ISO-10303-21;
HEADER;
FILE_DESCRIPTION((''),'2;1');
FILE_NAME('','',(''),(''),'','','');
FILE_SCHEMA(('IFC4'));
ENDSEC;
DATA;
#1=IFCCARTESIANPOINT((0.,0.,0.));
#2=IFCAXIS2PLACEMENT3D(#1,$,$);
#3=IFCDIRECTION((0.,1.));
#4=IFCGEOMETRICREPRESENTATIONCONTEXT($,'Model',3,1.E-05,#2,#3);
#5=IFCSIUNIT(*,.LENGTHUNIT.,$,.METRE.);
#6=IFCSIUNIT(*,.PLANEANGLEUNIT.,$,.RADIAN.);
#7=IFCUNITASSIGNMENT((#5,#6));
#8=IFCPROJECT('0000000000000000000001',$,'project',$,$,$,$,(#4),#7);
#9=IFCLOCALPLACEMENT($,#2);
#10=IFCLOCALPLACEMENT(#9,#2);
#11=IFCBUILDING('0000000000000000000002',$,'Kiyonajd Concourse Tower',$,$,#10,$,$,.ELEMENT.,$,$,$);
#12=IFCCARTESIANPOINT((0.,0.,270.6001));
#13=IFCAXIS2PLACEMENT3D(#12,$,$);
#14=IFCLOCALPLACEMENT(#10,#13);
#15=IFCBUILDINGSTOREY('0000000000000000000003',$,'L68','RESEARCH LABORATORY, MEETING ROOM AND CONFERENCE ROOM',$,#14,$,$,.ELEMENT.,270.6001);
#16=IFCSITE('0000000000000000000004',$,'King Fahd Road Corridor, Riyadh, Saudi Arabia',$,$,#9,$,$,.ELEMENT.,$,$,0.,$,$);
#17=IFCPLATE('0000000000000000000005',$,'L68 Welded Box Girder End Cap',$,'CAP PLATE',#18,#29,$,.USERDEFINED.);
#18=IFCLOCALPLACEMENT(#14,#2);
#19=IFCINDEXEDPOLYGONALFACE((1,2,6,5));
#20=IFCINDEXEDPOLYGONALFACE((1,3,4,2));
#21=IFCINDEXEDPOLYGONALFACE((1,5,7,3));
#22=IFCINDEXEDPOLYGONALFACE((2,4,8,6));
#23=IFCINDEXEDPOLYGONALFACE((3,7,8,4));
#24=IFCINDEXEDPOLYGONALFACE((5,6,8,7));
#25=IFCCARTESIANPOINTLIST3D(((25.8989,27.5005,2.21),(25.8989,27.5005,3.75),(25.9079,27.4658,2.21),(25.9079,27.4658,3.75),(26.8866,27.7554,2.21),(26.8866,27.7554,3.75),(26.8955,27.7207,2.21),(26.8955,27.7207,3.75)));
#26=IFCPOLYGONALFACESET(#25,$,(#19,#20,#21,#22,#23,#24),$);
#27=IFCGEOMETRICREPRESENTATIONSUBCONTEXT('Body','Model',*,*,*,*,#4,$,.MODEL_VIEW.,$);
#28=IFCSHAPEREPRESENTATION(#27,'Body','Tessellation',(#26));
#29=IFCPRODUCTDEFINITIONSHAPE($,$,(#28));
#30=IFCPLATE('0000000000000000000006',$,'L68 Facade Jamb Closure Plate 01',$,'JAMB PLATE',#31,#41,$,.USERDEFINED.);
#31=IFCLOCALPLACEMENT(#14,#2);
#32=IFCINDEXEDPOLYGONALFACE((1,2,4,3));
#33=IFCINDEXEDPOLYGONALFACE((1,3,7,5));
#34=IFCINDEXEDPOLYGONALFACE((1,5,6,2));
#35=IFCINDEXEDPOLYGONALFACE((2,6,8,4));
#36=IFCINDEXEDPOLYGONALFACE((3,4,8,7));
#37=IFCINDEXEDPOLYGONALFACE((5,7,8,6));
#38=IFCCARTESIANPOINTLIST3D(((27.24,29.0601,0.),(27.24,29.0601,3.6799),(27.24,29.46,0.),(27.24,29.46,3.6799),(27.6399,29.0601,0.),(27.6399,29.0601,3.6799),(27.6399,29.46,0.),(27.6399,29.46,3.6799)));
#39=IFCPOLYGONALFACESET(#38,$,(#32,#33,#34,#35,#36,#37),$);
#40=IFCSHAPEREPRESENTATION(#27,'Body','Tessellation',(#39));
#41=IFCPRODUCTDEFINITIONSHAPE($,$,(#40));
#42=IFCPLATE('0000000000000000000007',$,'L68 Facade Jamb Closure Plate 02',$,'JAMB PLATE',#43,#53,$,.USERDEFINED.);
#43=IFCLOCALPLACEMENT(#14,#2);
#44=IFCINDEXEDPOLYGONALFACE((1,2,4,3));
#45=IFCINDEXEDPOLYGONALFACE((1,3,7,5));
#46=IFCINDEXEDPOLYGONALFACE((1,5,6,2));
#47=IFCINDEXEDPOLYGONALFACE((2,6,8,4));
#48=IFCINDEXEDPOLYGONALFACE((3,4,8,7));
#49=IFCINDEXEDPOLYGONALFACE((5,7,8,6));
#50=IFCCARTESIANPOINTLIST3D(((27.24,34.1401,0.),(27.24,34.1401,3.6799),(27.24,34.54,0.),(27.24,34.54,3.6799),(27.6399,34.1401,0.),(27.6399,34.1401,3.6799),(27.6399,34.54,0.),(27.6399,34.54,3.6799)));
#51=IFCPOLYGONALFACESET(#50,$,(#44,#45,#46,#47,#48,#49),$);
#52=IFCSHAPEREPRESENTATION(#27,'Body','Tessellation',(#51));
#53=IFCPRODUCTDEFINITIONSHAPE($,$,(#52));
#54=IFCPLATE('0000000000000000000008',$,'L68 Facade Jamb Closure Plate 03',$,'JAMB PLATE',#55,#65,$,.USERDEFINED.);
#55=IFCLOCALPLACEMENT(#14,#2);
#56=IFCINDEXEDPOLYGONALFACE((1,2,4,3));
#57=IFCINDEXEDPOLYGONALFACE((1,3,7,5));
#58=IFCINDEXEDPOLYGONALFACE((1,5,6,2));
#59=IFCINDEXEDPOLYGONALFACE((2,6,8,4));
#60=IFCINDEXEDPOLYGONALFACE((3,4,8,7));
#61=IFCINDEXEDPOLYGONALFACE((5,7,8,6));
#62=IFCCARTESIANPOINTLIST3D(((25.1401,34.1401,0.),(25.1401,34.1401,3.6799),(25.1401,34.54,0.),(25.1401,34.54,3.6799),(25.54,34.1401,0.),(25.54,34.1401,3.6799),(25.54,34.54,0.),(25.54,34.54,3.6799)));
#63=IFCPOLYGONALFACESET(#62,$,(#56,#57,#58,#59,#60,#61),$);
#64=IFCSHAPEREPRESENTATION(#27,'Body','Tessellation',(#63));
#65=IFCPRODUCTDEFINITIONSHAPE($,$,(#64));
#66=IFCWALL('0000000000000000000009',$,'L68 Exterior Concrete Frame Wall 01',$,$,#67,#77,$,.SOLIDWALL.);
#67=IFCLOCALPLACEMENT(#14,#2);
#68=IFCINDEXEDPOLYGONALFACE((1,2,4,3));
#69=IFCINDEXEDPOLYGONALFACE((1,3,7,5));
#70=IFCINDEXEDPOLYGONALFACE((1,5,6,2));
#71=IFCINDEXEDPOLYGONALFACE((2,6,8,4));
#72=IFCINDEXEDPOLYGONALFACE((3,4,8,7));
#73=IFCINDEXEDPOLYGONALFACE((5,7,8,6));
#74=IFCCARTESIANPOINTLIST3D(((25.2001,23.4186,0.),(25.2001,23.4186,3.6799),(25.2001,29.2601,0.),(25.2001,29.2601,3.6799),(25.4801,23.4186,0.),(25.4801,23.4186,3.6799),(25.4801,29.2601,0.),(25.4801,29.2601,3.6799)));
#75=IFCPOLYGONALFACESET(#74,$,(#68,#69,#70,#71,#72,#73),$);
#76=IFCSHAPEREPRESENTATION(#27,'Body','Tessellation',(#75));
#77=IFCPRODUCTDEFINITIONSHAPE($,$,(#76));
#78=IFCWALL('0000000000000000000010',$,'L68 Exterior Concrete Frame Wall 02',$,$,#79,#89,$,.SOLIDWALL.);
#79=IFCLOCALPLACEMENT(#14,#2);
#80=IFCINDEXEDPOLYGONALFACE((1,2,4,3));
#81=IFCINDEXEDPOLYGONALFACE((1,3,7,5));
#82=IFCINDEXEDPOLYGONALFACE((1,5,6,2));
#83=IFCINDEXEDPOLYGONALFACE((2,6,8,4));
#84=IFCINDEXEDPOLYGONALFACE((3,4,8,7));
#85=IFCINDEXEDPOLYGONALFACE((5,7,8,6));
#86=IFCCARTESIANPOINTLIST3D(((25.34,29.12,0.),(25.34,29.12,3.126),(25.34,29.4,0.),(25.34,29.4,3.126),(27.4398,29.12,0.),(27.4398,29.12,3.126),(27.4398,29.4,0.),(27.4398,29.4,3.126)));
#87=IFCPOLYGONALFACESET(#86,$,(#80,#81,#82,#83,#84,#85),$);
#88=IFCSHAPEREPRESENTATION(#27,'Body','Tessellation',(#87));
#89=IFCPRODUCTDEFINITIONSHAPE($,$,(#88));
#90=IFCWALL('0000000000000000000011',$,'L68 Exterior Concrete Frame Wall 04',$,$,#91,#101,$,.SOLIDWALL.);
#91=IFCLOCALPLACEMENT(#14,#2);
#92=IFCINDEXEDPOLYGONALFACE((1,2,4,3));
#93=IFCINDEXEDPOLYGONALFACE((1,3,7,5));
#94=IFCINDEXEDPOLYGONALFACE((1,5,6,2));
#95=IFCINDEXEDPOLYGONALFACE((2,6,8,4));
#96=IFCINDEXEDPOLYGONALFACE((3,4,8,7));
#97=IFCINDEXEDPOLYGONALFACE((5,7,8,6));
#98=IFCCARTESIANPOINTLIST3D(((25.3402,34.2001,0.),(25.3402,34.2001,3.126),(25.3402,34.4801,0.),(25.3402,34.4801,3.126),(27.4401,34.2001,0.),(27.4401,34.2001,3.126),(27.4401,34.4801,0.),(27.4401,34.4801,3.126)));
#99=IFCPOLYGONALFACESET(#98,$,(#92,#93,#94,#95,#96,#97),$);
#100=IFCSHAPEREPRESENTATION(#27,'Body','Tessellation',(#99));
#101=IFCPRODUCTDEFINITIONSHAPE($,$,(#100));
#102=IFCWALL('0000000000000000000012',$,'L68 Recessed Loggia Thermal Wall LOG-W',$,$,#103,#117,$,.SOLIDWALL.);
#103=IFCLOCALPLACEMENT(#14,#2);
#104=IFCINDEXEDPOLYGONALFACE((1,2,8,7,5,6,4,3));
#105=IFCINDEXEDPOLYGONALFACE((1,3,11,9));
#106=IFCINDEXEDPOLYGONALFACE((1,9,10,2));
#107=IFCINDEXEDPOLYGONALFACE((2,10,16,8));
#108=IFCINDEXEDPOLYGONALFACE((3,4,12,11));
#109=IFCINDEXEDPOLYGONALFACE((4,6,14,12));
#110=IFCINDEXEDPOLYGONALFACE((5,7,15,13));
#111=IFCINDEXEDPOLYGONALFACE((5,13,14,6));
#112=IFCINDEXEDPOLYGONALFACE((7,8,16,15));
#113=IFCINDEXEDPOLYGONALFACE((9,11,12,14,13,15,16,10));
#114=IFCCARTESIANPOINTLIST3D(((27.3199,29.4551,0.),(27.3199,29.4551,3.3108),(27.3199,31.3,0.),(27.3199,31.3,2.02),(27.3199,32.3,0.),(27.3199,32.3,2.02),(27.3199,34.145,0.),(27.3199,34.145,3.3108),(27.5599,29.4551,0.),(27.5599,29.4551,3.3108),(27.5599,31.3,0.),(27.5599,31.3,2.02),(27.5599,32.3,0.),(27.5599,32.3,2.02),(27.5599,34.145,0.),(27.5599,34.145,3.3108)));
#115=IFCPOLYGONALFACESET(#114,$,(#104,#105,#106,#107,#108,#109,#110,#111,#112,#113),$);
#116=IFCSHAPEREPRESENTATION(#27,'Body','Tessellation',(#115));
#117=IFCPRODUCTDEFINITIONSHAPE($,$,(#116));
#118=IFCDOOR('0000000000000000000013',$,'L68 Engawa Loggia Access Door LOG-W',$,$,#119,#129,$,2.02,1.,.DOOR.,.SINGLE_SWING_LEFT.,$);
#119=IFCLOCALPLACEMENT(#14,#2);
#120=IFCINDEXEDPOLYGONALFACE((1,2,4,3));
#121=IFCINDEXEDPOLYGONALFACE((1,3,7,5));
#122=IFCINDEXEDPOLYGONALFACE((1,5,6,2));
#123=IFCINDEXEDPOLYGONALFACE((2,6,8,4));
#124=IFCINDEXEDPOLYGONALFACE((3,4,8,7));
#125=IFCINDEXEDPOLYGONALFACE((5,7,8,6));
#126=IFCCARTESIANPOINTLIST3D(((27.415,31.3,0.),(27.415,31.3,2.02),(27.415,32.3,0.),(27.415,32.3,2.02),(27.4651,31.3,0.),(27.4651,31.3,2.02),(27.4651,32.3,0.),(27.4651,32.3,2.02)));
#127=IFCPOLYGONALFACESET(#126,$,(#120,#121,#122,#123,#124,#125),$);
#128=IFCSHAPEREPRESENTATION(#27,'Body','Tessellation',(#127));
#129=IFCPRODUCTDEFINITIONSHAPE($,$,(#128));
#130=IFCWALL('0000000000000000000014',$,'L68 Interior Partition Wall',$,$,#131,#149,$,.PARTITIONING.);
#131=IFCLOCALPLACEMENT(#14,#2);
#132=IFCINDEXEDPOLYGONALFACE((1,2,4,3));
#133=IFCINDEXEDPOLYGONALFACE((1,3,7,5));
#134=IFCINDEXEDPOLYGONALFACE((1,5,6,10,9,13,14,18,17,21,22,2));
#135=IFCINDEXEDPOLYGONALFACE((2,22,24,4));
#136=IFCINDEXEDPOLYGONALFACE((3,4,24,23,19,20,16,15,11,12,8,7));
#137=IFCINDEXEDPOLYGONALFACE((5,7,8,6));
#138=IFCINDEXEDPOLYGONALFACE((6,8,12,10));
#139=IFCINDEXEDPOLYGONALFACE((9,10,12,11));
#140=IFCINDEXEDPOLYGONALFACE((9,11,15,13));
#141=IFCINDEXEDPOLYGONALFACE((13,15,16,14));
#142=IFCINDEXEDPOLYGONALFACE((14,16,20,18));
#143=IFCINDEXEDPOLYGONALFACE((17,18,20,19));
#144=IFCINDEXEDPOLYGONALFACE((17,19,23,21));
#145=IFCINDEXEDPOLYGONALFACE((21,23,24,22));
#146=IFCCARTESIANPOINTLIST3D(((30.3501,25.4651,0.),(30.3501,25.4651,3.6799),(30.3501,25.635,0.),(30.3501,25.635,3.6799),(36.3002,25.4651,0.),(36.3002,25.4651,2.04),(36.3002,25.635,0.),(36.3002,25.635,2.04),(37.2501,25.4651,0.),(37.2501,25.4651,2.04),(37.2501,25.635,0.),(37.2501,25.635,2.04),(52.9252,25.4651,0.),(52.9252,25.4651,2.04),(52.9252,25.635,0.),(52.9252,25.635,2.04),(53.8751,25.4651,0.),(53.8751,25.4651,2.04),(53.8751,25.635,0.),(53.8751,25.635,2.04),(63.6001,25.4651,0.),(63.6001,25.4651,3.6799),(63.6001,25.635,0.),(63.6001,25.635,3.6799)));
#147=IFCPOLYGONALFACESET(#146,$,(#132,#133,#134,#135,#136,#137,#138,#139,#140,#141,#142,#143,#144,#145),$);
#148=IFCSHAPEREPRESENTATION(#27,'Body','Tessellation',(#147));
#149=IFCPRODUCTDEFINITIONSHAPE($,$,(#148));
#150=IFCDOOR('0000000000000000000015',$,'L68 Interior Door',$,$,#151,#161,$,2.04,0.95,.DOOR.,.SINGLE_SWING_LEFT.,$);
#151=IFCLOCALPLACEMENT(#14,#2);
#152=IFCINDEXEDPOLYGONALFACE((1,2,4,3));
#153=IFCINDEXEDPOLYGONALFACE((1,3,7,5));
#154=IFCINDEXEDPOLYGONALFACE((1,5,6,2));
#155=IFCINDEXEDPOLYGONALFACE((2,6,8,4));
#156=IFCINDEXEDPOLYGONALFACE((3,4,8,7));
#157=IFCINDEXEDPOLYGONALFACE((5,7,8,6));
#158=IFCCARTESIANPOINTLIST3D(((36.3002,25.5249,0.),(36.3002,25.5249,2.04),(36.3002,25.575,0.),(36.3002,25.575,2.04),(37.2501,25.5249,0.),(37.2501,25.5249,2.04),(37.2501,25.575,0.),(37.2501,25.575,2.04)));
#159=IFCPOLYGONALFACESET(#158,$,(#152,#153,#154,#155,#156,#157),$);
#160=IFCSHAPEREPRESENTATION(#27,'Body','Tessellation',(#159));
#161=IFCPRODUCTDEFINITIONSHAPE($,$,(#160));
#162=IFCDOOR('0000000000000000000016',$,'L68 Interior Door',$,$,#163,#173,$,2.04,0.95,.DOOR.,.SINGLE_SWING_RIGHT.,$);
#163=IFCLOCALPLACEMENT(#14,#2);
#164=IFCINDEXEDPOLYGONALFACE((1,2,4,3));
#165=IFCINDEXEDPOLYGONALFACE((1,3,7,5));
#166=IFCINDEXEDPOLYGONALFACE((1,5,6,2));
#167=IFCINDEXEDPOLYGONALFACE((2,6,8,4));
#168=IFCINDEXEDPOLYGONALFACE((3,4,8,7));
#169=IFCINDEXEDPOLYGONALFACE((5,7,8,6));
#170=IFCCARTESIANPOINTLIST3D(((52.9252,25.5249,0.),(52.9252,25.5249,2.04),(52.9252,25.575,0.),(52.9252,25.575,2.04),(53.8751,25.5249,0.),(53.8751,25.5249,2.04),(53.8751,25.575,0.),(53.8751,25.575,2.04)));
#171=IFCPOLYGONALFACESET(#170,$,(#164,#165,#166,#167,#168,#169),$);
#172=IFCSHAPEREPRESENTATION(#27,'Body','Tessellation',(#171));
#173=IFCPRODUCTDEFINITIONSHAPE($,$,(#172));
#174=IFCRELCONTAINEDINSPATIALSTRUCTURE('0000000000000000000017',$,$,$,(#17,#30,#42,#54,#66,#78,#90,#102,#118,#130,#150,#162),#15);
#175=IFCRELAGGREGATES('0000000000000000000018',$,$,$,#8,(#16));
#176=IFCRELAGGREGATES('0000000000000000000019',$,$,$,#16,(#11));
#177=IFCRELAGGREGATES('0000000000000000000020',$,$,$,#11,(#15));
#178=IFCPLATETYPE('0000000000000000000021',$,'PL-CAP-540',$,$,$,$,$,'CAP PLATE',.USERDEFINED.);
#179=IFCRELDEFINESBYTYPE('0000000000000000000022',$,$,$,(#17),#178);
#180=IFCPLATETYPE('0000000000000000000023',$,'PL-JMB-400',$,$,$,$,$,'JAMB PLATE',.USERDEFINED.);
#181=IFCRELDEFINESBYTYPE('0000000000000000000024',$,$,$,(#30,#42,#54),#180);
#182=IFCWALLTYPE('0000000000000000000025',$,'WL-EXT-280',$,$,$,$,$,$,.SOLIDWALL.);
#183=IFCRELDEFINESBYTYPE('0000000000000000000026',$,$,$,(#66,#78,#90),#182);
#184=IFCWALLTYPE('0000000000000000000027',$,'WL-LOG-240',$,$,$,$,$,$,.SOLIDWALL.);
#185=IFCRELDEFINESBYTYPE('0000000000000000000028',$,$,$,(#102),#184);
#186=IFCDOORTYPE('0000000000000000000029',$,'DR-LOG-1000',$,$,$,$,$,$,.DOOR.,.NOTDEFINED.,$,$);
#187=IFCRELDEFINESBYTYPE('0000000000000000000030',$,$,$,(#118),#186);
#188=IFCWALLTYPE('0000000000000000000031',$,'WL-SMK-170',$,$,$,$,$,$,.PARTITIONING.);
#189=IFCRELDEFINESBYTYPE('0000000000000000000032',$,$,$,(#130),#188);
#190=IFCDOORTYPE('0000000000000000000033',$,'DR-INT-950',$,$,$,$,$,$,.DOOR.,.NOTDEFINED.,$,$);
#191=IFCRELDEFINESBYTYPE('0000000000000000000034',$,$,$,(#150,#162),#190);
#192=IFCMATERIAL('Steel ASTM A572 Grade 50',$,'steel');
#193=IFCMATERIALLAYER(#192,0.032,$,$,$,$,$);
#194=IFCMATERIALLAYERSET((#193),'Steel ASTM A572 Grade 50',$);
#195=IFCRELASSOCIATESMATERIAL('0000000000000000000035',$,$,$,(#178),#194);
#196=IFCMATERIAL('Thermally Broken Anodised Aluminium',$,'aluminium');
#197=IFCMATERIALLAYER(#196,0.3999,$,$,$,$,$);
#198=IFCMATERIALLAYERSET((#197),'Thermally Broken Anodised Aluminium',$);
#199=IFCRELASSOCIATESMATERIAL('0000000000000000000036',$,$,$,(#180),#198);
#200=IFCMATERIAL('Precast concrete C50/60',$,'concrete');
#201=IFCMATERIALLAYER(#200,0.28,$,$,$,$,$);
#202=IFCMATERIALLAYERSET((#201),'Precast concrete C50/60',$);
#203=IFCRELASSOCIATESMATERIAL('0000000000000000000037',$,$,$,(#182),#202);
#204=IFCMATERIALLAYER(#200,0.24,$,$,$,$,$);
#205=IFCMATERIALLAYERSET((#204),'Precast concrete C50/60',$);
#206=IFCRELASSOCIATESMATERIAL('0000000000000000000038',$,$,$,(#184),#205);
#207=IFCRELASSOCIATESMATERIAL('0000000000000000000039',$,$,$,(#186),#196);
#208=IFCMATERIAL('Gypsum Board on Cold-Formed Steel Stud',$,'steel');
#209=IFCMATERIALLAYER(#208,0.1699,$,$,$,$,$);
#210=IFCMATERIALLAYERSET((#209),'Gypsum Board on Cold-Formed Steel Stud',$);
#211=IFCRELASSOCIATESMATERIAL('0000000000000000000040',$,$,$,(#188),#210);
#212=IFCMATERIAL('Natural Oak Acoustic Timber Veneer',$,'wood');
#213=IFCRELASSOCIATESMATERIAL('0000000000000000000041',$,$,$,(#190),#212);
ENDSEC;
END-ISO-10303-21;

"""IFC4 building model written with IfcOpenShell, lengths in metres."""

from ifc_helpers import new_model, si_unit, direction, frame, frame_2d, origin, origin_2d, place, context, subcontext, project, spatial, rectangle, extrude, material, layer, layer_set, type_object, element, fill, save


model = new_model("IFC4")

# Units and contexts
model_context = context("Model", 3, precision=1e-05, world=origin(), true_north=direction((0.0, 1.0)))
body_context = subcontext(model_context, "Body", "Model", "MODEL_VIEW")
ifc_project = project(units=[si_unit("LENGTHUNIT", "METRE"), si_unit("PLANEANGLEUNIT", "RADIAN")], contexts=[model_context])

# Site, building, storey
site_placement = place(None, origin())
site = spatial("IfcSite", under=ifc_project, at=site_placement, Name="King Fahd Road Corridor, Riyadh, Saudi Arabia", CompositionType="ELEMENT", RefElevation=0.0)
building_placement = place(site_placement, origin())
building = spatial("IfcBuilding", under=site, at=building_placement, Name="Kiyonajd Concourse Tower", CompositionType="ELEMENT")
storey_placement = place(building_placement, frame((0.0, 0.0, 270.6001)))
storey = spatial("IfcBuildingStorey", under=building, at=storey_placement, Name="L68", Description="RESEARCH LABORATORY, MEETING ROOM AND CONFERENCE ROOM", CompositionType="ELEMENT", Elevation=270.6001)

# Shared definitions
ifc_material_1 = material(Name="Steel ASTM A572 Grade 50", Category="steel")

# Plates
ifc_layer_1 = layer(ifc_material_1, 0.032)
ifc_layer_set_1 = layer_set([ifc_layer_1], Name="Steel ASTM A572 Grade 50")
plate_type_1 = type_object("IfcPlateType", Name="PL-CAP-540", ElementType="CAP PLATE", PredefinedType="USERDEFINED", material=ifc_layer_set_1)
plate_placement = place(storey_placement, frame((26.3972, 27.6106, 2.21), z_axis=(0.0, 0.0, 1.0), x_axis=(-0.249873, 0.968279, 0.0)))
element("IfcPlate", 1, at=plate_placement, inside=storey, type_object=plate_type_1, Name="L68 Welded Box Girder End Cap", ObjectType="CAP PLATE", PredefinedType="USERDEFINED", context=body_context, shape_type="SweptSolid", body=[
    extrude(rectangle(XDim=0.0359, YDim=1.02, at=origin_2d()), origin(), (0.0, 0.0, 1.0), 1.54),
])
ifc_material_2 = material(Name="Thermally Broken Anodised Aluminium", Category="aluminium")
ifc_layer_2 = layer(ifc_material_2, 0.3999)
ifc_layer_set_2 = layer_set([ifc_layer_2], Name="Thermally Broken Anodised Aluminium")
plate_type_2 = type_object("IfcPlateType", Name="PL-JMB-400", ElementType="JAMB PLATE", PredefinedType="USERDEFINED", material=ifc_layer_set_2)
for number, where, z_axis, x_axis, name in (
    (2, (27.4399, 29.26, 0.0), (0.0, 0.0, 1.0), (1.0, 0.0, 0.0), "L68 Facade Jamb Closure Plate 01"),
    (3, (27.4399, 34.3401, 0.0), (0.0, 0.0, 1.0), (1.0, 0.0, 0.0), "L68 Facade Jamb Closure Plate 02"),
    (4, (25.3401, 34.3401, 0.0), (0.0, 0.0, 1.0), (1.0, 0.0, 0.0), "L68 Facade Jamb Closure Plate 03"),
):
    element("IfcPlate", number, at=place(storey_placement, frame(where, z_axis=z_axis, x_axis=x_axis)), inside=storey, type_object=plate_type_2, Name=name, ObjectType="JAMB PLATE", PredefinedType="USERDEFINED", context=body_context, shape_type="SweptSolid", body=[
        extrude(rectangle(XDim=0.3999, YDim=0.3999, at=origin_2d()), origin(), (0.0, 0.0, 1.0), 3.6799),
    ])

# Walls
ifc_material_3 = material(Name="Precast concrete C50/60", Category="concrete")
ifc_layer_3 = layer(ifc_material_3, 0.28)
ifc_layer_set_3 = layer_set([ifc_layer_3], Name="Precast concrete C50/60")
wall_type_1 = type_object("IfcWallType", Name="WL-EXT-280", PredefinedType="SOLIDWALL", material=ifc_layer_set_3)
wall_1_placement = place(storey_placement, frame((25.3401, 23.4185, 0.0), z_axis=(0.0, 0.0, 1.0), x_axis=(0.0, 1.0, 0.0)))
element("IfcWall", 5, at=wall_1_placement, inside=storey, type_object=wall_type_1, Name="L68 Exterior Concrete Frame Wall 01", PredefinedType="SOLIDWALL", context=body_context, shape_type="SweptSolid", body=[
    extrude(rectangle(XDim=5.8416, YDim=0.28, at=frame_2d((2.9209, 0.0))), origin(), (0.0, 0.0, 1.0), 3.6799),
])
for number, where, z_axis, x_axis, name in (
    (6, (25.3401, 29.26, 0.0), (0.0, 0.0, 1.0), (1.0, 0.0, 0.0), "L68 Exterior Concrete Frame Wall 02"),
    (7, (27.4399, 34.3401, 0.0), (0.0, 0.0, 1.0), (-1.0, 0.0, 0.0), "L68 Exterior Concrete Frame Wall 04"),
):
    element("IfcWall", number, at=place(storey_placement, frame(where, z_axis=z_axis, x_axis=x_axis)), inside=storey, type_object=wall_type_1, Name=name, PredefinedType="SOLIDWALL", context=body_context, shape_type="SweptSolid", body=[
        extrude(rectangle(XDim=2.0999, YDim=0.28, at=frame_2d((1.0498, 0.0))), origin(), (0.0, 0.0, 1.0), 3.126),
    ])

# Wall, opening, door
ifc_layer_4 = layer(ifc_material_3, 0.24)
ifc_layer_set_4 = layer_set([ifc_layer_4], Name="Precast concrete C50/60")
wall_type_2 = type_object("IfcWallType", Name="WL-LOG-240", PredefinedType="SOLIDWALL", material=ifc_layer_set_4)
wall_2_placement = place(storey_placement, frame((27.4399, 29.4551, 0.0), z_axis=(0.0, 0.0, 1.0), x_axis=(0.0, 1.0, 0.0)))
wall_2 = element("IfcWall", 8, at=wall_2_placement, inside=storey, type_object=wall_type_2, Name="L68 Recessed Loggia Thermal Wall LOG-W", PredefinedType="SOLIDWALL", context=body_context, shape_type="SweptSolid", body=[
    extrude(rectangle(XDim=4.6899, YDim=0.24, at=frame_2d((2.345, 0.0))), origin(), (0.0, 0.0, 1.0), 3.3108),
])
opening_1_placement = place(wall_2_placement, frame((1.845, 0.0, 0.0)))
opening_1 = element("IfcOpeningElement", 9, at=opening_1_placement, cuts=wall_2, PredefinedType="OPENING", context=body_context, shape_type="SweptSolid", body=[
    extrude(rectangle(XDim=1.0, YDim=2.02, at=frame_2d((0.5, 1.01))), frame((0.0, 0.1299, 0.0), z_axis=(0.0, -1.0, 0.0), x_axis=(1.0, 0.0, 0.0)), (0.0, 0.0, 1.0), 0.26),
])
door_type_1 = type_object("IfcDoorType", Name="DR-LOG-1000", OperationType="NOTDEFINED", PredefinedType="DOOR", material=ifc_material_2)
door_1_placement = place(opening_1_placement, origin())
door_1 = element("IfcDoor", 10, at=door_1_placement, inside=storey, type_object=door_type_1, Name="L68 Engawa Loggia Access Door LOG-W", OperationType="SINGLE_SWING_LEFT", OverallHeight=2.02, OverallWidth=1.0, PredefinedType="DOOR", context=body_context, shape_type="SweptSolid", body=[
    extrude(rectangle(XDim=1.0, YDim=2.02, at=frame_2d((0.5, 1.01))), frame((0.0, 0.0249, 0.0), z_axis=(0.0, -1.0, 0.0), x_axis=(1.0, 0.0, 0.0)), (0.0, 0.0, 1.0), 0.05),
])
fill(opening_1, door_1)

# Wall, openings, doors
ifc_material_4 = material(Name="Gypsum Board on Cold-Formed Steel Stud", Category="steel")
ifc_layer_5 = layer(ifc_material_4, 0.1699)
ifc_layer_set_5 = layer_set([ifc_layer_5], Name="Gypsum Board on Cold-Formed Steel Stud")
wall_type_3 = type_object("IfcWallType", Name="WL-SMK-170", PredefinedType="PARTITIONING", material=ifc_layer_set_5)
wall_3_placement = place(storey_placement, frame((30.3501, 25.55, 0.0), z_axis=(0.0, 0.0, 1.0), x_axis=(1.0, 0.0, 0.0)))
wall_3 = element("IfcWall", 11, at=wall_3_placement, inside=storey, type_object=wall_type_3, Name="L68 Interior Partition Wall", PredefinedType="PARTITIONING", context=body_context, shape_type="SweptSolid", body=[
    extrude(rectangle(XDim=33.25, YDim=0.1699, at=frame_2d((16.625, 0.0))), origin(), (0.0, 0.0, 1.0), 3.6799),
])
opening_2_placement = place(wall_3_placement, frame((5.95, 0.0, 0.0)))
opening_2 = element("IfcOpeningElement", 12, at=opening_2_placement, cuts=wall_3, PredefinedType="OPENING", context=body_context, shape_type="SweptSolid", body=[
    extrude(rectangle(XDim=0.95, YDim=2.04, at=frame_2d((0.4751, 1.02))), frame((0.0, 0.095, 0.0), z_axis=(0.0, -1.0, 0.0), x_axis=(1.0, 0.0, 0.0)), (0.0, 0.0, 1.0), 0.1899),
])
opening_3_placement = place(wall_3_placement, frame((22.575, 0.0, 0.0)))
opening_3 = element("IfcOpeningElement", 13, at=opening_3_placement, cuts=wall_3, PredefinedType="OPENING", context=body_context, shape_type="SweptSolid", body=[
    extrude(rectangle(XDim=0.95, YDim=2.04, at=frame_2d((0.4751, 1.02))), frame((0.0, 0.095, 0.0), z_axis=(0.0, -1.0, 0.0), x_axis=(1.0, 0.0, 0.0)), (0.0, 0.0, 1.0), 0.1899),
])
ifc_material_5 = material(Name="Natural Oak Acoustic Timber Veneer", Category="wood")
door_type_2 = type_object("IfcDoorType", Name="DR-INT-950", OperationType="NOTDEFINED", PredefinedType="DOOR", material=ifc_material_5)
door_2_placement = place(opening_2_placement, origin())
door_2 = element("IfcDoor", 14, at=door_2_placement, inside=storey, type_object=door_type_2, Name="L68 Interior Door", OperationType="SINGLE_SWING_LEFT", OverallHeight=2.04, OverallWidth=0.95, PredefinedType="DOOR", context=body_context, shape_type="SweptSolid", body=[
    extrude(rectangle(XDim=0.95, YDim=2.04, at=frame_2d((0.4751, 1.02))), frame((0.0, 0.0249, 0.0), z_axis=(0.0, -1.0, 0.0), x_axis=(1.0, 0.0, 0.0)), (0.0, 0.0, 1.0), 0.05),
])
fill(opening_2, door_2)
door_3_placement = place(opening_3_placement, origin())
door_3 = element("IfcDoor", 15, at=door_3_placement, inside=storey, type_object=door_type_2, Name="L68 Interior Door", OperationType="SINGLE_SWING_RIGHT", OverallHeight=2.04, OverallWidth=0.95, PredefinedType="DOOR", context=body_context, shape_type="SweptSolid", body=[
    extrude(rectangle(XDim=0.95, YDim=2.04, at=frame_2d((0.4751, 1.02))), frame((0.0, 0.0249, 0.0), z_axis=(0.0, -1.0, 0.0), x_axis=(1.0, 0.0, 0.0)), (0.0, 0.0, 1.0), 0.05),
])
fill(opening_3, door_3)

save(model, "model.ifc")
